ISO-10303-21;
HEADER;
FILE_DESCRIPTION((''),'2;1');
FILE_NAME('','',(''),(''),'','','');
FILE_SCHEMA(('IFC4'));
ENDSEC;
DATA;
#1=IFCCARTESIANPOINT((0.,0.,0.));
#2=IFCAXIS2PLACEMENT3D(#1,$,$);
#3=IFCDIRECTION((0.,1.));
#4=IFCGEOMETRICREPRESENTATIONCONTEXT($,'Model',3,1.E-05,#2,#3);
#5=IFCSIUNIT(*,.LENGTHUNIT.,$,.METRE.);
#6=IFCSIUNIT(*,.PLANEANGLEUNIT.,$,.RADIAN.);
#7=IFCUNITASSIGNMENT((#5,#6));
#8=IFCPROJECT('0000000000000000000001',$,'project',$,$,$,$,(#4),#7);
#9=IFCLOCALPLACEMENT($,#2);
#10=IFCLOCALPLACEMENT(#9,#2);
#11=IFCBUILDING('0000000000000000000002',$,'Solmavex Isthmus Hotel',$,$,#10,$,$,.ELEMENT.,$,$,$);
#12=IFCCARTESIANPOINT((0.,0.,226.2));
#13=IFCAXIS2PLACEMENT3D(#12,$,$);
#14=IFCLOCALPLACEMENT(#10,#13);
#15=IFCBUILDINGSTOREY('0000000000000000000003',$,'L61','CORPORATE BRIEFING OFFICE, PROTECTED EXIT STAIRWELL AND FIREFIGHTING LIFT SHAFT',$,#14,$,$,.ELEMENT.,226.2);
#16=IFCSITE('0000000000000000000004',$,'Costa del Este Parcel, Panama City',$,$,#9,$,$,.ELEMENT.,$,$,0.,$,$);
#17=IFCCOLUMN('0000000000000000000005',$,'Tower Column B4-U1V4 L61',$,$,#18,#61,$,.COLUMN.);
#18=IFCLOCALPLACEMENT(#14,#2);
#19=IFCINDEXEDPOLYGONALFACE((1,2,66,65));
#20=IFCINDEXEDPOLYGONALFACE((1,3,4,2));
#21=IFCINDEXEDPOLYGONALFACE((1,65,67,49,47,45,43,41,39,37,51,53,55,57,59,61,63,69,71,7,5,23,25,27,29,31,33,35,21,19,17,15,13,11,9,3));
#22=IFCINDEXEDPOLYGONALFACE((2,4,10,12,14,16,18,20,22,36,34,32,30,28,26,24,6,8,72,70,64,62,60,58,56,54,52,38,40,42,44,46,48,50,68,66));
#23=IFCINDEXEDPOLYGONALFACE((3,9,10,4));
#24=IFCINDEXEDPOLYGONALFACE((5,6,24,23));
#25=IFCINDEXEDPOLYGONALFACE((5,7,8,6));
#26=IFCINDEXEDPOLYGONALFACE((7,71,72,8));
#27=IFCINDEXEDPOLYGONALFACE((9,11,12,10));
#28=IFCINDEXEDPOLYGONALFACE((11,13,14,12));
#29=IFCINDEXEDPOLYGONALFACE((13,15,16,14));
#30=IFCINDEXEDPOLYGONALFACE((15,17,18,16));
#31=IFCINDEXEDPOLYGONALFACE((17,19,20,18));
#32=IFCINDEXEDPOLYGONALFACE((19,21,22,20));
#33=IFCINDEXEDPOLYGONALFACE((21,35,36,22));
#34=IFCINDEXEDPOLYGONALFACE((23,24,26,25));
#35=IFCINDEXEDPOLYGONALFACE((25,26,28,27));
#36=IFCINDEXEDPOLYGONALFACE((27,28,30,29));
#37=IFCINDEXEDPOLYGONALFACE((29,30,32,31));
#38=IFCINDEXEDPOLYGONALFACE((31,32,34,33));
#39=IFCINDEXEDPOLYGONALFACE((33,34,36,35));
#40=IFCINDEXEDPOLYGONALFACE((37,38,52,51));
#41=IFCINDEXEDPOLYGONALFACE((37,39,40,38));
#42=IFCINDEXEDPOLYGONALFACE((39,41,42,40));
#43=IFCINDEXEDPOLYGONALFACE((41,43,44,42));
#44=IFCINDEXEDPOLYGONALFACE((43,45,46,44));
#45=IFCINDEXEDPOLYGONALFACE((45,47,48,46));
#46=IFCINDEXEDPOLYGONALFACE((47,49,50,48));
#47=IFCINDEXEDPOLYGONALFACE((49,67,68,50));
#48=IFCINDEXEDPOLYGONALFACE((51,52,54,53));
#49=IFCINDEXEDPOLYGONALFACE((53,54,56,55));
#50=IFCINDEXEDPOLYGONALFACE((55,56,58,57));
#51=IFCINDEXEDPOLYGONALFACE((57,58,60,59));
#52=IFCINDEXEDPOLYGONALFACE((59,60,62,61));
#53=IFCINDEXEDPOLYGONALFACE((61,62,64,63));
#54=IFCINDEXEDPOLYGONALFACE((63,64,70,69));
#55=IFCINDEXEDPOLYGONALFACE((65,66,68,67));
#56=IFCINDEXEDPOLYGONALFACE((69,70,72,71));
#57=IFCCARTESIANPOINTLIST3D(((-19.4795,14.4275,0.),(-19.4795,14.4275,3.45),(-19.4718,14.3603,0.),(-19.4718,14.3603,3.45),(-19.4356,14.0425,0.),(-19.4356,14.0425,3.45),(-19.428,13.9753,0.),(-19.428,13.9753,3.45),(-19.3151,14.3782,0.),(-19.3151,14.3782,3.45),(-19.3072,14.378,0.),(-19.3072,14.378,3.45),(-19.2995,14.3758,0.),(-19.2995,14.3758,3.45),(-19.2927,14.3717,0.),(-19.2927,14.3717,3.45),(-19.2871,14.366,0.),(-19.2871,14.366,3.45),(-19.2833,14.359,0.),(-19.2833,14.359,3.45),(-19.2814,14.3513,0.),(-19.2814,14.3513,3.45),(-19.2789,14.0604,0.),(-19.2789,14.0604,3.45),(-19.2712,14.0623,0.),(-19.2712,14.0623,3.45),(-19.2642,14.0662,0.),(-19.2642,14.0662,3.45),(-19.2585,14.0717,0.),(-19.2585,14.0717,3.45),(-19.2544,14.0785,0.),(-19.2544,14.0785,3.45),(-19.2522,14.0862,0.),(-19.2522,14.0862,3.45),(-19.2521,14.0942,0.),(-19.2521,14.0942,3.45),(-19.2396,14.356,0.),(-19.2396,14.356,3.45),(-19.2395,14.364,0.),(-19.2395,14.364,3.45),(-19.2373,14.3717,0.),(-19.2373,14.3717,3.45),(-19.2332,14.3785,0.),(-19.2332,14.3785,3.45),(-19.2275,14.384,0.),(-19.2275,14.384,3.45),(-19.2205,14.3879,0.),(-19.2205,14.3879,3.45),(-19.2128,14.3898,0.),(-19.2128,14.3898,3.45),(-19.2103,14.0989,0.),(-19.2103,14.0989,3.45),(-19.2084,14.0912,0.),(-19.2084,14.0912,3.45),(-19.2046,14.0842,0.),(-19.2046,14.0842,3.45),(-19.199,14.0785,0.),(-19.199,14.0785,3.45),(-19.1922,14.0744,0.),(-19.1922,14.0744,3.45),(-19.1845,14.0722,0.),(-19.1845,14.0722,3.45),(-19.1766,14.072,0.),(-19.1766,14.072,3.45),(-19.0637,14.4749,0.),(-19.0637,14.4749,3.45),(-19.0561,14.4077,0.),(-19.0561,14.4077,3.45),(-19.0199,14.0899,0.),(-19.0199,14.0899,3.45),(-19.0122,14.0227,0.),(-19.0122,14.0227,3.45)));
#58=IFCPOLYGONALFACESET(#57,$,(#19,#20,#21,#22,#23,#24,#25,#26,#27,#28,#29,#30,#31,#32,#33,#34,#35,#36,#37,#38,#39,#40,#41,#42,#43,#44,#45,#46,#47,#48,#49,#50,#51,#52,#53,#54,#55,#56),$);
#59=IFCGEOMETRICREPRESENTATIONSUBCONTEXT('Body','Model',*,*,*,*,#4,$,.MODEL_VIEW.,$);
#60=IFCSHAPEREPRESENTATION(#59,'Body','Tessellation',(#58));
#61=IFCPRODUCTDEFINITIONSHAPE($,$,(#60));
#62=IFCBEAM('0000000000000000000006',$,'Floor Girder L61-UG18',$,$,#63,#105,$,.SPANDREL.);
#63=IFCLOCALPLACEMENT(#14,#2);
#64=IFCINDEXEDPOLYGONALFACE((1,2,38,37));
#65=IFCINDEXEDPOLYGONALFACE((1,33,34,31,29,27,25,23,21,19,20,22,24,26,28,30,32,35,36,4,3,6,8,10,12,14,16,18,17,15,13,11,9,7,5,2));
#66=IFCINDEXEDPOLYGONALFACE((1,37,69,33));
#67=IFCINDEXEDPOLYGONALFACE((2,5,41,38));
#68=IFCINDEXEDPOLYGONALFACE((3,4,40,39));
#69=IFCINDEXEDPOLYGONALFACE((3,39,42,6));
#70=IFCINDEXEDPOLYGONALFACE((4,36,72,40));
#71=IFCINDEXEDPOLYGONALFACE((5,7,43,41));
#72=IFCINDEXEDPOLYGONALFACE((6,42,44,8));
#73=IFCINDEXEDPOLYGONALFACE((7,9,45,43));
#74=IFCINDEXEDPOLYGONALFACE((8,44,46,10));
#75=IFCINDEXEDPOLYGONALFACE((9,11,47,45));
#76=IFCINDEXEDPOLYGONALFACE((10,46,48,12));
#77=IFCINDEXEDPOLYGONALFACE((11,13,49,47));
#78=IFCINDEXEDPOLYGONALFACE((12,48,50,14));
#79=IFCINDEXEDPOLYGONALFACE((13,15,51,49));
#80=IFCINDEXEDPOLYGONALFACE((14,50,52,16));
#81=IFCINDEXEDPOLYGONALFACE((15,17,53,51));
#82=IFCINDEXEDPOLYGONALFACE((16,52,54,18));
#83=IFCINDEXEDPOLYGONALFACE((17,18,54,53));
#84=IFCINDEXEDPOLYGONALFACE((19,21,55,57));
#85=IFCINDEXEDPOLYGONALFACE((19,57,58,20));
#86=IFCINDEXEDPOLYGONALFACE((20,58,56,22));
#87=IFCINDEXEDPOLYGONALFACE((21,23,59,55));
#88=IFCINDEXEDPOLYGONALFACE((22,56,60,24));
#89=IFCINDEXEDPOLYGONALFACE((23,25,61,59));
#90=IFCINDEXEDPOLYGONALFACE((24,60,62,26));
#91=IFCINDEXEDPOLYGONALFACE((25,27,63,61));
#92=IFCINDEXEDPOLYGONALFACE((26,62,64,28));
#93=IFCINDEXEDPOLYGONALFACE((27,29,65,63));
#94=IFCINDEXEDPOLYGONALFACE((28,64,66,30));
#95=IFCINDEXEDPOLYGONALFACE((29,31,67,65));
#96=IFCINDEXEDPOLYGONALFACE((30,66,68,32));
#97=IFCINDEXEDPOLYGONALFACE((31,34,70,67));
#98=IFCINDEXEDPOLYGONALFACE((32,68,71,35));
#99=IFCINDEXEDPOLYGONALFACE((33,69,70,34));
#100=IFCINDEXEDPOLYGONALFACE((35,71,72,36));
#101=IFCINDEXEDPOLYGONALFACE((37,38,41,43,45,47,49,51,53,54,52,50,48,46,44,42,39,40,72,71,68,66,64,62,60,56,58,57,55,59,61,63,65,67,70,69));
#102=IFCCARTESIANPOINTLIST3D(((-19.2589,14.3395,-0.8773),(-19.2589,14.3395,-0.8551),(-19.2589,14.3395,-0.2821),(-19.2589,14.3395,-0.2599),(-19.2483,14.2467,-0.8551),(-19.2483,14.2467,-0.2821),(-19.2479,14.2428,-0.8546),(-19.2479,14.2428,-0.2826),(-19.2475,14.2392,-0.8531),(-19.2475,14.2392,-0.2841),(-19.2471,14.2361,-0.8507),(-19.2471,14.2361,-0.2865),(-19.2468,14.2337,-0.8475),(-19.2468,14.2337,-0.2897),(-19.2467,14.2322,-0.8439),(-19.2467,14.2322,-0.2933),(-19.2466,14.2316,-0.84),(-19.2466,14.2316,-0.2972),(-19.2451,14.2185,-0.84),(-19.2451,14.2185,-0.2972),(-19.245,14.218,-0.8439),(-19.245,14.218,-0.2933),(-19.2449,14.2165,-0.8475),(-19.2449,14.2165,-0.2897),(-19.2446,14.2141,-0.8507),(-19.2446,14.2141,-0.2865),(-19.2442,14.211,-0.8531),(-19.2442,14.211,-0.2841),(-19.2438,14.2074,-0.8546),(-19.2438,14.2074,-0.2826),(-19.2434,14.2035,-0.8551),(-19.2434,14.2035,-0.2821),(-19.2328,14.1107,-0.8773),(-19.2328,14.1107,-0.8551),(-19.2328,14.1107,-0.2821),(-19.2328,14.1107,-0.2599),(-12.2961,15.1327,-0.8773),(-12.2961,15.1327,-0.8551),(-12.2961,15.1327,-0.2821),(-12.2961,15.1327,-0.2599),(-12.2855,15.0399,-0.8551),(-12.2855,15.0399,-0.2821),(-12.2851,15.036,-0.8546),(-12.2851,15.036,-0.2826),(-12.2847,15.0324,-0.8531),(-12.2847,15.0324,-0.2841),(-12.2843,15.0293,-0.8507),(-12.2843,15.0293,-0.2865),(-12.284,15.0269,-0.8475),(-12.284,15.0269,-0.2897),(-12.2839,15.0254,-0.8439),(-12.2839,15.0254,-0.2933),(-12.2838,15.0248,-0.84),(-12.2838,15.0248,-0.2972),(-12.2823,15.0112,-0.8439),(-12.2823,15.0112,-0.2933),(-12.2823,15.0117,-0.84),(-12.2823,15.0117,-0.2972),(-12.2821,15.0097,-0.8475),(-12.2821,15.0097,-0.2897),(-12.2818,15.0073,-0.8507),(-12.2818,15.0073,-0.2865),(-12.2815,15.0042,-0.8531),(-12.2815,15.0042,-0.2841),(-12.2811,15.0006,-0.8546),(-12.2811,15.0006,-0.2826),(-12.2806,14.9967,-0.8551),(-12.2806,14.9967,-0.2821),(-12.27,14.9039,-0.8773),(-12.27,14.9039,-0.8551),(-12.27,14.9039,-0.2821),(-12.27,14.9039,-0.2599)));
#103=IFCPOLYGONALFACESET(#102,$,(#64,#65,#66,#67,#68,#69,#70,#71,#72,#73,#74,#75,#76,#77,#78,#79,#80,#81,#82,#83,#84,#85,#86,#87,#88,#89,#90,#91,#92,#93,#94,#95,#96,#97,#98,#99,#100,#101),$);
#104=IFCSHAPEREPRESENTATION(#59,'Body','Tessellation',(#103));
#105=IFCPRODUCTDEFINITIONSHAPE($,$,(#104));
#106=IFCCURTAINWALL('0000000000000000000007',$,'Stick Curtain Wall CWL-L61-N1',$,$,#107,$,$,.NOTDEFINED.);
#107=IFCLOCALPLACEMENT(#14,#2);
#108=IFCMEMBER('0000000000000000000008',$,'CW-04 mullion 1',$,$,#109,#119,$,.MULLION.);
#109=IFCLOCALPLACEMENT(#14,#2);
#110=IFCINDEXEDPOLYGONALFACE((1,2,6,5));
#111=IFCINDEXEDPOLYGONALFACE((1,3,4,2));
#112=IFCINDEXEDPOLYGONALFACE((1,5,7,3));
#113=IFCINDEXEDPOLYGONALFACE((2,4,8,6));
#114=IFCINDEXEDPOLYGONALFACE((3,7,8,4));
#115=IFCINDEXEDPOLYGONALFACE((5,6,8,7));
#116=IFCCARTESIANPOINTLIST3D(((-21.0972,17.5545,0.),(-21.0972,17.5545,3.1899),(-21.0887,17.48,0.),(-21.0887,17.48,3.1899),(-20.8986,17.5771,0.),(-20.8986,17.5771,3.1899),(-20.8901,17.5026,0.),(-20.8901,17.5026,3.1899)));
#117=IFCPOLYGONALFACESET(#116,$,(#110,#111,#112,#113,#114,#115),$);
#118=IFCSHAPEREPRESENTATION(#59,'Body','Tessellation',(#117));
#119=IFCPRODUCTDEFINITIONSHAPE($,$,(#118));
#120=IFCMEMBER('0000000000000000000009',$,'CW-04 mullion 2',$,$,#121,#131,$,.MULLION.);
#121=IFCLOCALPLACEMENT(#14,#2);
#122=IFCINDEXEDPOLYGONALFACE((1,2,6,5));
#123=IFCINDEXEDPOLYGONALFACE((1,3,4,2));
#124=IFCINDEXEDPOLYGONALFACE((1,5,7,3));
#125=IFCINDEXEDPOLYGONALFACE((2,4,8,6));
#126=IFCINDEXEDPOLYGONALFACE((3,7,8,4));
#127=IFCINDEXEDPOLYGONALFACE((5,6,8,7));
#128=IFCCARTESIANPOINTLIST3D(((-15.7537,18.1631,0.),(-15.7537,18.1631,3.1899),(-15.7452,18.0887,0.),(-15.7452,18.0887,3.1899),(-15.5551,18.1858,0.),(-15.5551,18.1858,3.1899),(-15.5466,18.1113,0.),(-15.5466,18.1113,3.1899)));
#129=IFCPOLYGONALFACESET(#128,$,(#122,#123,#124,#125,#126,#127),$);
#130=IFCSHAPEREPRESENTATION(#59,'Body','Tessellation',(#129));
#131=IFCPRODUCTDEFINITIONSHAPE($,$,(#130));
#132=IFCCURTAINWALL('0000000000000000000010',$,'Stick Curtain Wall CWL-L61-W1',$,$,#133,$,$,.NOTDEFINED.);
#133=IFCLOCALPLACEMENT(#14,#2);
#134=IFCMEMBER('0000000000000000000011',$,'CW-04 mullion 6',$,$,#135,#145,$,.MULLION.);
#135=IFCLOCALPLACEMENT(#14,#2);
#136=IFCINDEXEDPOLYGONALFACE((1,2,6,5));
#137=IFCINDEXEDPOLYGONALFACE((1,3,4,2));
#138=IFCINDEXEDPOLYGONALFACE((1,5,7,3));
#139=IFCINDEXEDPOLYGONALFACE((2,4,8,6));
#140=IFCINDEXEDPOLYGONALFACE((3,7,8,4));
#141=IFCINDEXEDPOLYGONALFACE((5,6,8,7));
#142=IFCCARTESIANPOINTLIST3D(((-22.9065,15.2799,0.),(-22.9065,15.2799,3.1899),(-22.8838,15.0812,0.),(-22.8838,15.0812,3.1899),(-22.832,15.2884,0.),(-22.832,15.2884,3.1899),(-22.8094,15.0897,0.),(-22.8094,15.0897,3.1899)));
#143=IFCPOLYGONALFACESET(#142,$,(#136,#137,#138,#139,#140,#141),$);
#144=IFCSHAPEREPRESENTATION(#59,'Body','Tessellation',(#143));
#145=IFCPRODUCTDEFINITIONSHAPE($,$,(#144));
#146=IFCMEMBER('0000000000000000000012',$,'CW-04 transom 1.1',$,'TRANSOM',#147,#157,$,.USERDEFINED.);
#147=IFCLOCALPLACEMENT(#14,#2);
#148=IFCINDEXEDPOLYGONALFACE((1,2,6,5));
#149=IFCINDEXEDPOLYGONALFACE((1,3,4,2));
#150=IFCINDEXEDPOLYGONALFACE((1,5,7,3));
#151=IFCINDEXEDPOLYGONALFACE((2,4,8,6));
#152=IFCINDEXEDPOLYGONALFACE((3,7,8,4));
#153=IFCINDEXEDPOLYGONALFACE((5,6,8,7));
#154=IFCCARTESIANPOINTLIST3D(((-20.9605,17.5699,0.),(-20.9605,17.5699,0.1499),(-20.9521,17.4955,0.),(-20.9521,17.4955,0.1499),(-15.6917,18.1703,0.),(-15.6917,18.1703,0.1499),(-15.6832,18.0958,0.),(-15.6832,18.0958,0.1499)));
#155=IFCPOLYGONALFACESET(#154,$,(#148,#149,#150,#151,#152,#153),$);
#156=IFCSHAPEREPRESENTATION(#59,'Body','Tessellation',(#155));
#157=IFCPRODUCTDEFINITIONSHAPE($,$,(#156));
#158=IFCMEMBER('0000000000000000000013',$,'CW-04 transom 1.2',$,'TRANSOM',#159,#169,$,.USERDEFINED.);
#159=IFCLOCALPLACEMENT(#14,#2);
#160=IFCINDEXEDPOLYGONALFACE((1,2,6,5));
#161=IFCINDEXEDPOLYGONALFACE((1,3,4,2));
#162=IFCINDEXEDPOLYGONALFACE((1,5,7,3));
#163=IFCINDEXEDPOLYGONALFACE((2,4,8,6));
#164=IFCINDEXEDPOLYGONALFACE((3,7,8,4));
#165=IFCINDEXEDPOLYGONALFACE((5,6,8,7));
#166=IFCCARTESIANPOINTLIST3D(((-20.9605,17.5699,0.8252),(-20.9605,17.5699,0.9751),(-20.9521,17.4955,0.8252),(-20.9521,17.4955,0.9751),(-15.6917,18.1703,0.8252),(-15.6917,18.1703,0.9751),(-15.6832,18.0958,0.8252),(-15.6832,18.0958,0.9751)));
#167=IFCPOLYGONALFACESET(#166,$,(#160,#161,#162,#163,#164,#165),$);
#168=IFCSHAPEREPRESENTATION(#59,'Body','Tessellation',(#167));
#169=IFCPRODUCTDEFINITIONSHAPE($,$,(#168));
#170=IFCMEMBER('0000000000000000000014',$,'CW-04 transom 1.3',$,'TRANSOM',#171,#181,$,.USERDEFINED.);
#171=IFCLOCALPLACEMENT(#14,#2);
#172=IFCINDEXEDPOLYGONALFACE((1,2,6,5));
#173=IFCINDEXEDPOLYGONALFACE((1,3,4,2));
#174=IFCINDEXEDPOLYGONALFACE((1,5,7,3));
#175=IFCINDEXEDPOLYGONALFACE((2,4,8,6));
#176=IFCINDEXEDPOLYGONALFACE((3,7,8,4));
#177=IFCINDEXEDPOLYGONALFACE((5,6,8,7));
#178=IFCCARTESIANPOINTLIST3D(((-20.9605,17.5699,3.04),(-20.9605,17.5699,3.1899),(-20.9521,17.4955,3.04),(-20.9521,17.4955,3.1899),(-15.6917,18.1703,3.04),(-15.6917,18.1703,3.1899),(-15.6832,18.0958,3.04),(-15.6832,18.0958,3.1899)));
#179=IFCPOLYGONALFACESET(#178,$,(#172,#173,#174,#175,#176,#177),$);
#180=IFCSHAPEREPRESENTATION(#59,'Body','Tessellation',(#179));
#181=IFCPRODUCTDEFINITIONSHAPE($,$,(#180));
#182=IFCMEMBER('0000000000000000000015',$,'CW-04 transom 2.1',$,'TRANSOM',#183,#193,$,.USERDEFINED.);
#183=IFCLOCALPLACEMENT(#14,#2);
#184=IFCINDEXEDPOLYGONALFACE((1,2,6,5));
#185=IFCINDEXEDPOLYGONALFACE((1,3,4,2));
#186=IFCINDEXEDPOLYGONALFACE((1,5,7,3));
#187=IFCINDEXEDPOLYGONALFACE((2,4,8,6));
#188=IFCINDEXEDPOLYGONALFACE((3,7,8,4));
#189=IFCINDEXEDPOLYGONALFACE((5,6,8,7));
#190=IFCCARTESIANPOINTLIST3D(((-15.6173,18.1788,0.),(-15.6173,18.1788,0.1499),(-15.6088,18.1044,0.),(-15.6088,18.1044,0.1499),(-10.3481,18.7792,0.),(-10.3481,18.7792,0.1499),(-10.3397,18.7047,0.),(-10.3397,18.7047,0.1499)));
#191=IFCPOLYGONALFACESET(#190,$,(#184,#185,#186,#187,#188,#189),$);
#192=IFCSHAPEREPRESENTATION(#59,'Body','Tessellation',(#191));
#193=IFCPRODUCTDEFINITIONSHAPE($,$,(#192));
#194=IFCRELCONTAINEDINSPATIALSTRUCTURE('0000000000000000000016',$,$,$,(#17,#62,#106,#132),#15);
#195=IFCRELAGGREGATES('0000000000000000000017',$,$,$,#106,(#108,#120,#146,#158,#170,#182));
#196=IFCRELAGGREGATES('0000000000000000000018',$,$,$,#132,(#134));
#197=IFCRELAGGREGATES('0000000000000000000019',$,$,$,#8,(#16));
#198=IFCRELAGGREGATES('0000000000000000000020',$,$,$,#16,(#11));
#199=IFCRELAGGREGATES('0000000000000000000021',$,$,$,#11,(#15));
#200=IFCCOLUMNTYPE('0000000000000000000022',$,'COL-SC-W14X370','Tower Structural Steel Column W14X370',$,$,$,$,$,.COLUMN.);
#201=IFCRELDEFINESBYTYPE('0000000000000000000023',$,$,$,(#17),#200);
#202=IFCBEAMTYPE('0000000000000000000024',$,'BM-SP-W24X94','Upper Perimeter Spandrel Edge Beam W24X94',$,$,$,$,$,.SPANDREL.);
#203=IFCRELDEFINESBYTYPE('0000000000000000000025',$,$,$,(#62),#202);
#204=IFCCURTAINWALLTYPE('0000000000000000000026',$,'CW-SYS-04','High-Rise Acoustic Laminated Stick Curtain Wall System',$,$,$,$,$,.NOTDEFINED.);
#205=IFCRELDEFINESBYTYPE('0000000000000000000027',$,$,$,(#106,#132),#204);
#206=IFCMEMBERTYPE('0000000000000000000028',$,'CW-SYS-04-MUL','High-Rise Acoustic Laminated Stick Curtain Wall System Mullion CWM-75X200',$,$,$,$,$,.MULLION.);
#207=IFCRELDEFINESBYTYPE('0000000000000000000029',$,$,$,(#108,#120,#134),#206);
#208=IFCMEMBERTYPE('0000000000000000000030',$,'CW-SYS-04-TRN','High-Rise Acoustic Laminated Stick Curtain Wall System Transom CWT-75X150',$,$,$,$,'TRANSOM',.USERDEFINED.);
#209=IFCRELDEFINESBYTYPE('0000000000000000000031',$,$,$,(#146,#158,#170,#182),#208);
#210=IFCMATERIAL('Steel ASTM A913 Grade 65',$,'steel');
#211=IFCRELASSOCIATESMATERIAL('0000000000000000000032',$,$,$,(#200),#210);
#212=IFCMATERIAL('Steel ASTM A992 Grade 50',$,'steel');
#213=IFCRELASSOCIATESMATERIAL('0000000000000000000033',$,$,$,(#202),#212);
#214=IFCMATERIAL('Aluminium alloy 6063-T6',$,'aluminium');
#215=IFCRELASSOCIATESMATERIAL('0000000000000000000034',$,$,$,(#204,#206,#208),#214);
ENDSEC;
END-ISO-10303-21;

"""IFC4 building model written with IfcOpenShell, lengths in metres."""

from ifc_helpers import new_model, si_unit, direction, frame, origin, origin_2d, place, context, subcontext, project, spatial, rectangle, i_section, extrude, material, material_profile, profile_set, type_object, element, aggregate, save


model = new_model("IFC4")

# Units and contexts
model_context = context("Model", 3, precision=1e-05, world=origin(), true_north=direction((0.0, 1.0)))
body_context = subcontext(model_context, "Body", "Model", "MODEL_VIEW")
ifc_project = project(units=[si_unit("LENGTHUNIT", "METRE"), si_unit("PLANEANGLEUNIT", "RADIAN")], contexts=[model_context])

# Site, building, storey
site_placement = place(None, origin())
site = spatial("IfcSite", under=ifc_project, at=site_placement, Name="Costa del Este Parcel, Panama City", CompositionType="ELEMENT", RefElevation=0.0)
building_placement = place(site_placement, origin())
building = spatial("IfcBuilding", under=site, at=building_placement, Name="Solmavex Isthmus Hotel", CompositionType="ELEMENT")
storey_placement = place(building_placement, frame((0.0, 0.0, 226.2)))
storey = spatial("IfcBuildingStorey", under=building, at=storey_placement, Name="L61", Description="CORPORATE BRIEFING OFFICE, PROTECTED EXIT STAIRWELL AND FIREFIGHTING LIFT SHAFT", CompositionType="ELEMENT", Elevation=226.2)

# Column
ifc_material_1 = material(Name="Steel ASTM A913 Grade 65", Category="steel")
ifc_material_profile_1 = material_profile(ifc_material_1, i_section(OverallWidth=0.4185, OverallDepth=0.4551, WebThickness=0.042, FlangeThickness=0.0676, FilletRadius=0.0305, at=origin_2d()), Name="W14X370")
ifc_profile_set_1 = profile_set([ifc_material_profile_1], Name="Steel ASTM A913 Grade 65")
column_type = type_object("IfcColumnType", Name="COL-SC-W14X370", Description="Tower Structural Steel Column W14X370", PredefinedType="COLUMN", material=ifc_profile_set_1)
column_placement = place(storey_placement, frame((-19.2458, 14.2251, 0.0), z_axis=(0.0, 0.0, 1.0), x_axis=(0.993572, 0.113203, 0.0)))
element("IfcColumn", 1, at=column_placement, inside=storey, type_object=column_type, Name="Tower Column B4-U1V4 L61", PredefinedType="COLUMN", context=body_context, shape_type="SweptSolid", body=[
    extrude(i_section(OverallWidth=0.4185, OverallDepth=0.4551, WebThickness=0.042, FlangeThickness=0.0676, FilletRadius=0.0305, at=origin_2d()), origin(), (0.0, 0.0, 1.0), 3.45),
])

# Beam
ifc_material_2 = material(Name="Steel ASTM A992 Grade 50", Category="steel")
ifc_material_profile_2 = material_profile(ifc_material_2, i_section(OverallWidth=0.2302, OverallDepth=0.6174, WebThickness=0.0132, FlangeThickness=0.0222, FilletRadius=0.0151, at=origin_2d()), Name="W24X94")
ifc_profile_set_2 = profile_set([ifc_material_profile_2], Name="Steel ASTM A992 Grade 50")
beam_type = type_object("IfcBeamType", Name="BM-SP-W24X94", Description="Upper Perimeter Spandrel Edge Beam W24X94", PredefinedType="SPANDREL", material=ifc_profile_set_2)
beam_placement = place(storey_placement, frame((-19.2458, 14.2251, -0.5686), z_axis=(0.993574, 0.113188, 0.0), x_axis=(-0.113188, 0.993574, 0.0)))
element("IfcBeam", 2, at=beam_placement, inside=storey, type_object=beam_type, Name="Floor Girder L61-UG18", PredefinedType="SPANDREL", context=body_context, shape_type="SweptSolid", body=[
    extrude(i_section(OverallWidth=0.2302, OverallDepth=0.6174, WebThickness=0.0132, FlangeThickness=0.0222, FilletRadius=0.0151, at=origin_2d()), origin(), (0.0, 0.0, 1.0), 7.0078),
])

# Curtain wall, members
ifc_material_3 = material(Name="Aluminium alloy 6063-T6", Category="aluminium")
curtain_wall_type = type_object("IfcCurtainWallType", Name="CW-SYS-04", Description="High-Rise Acoustic Laminated Stick Curtain Wall System", PredefinedType="NOTDEFINED", material=ifc_material_3)
curtain_wall_1_placement = place(storey_placement, origin())
curtain_wall_1 = element("IfcCurtainWall", 3, at=curtain_wall_1_placement, inside=storey, type_object=curtain_wall_type, Name="Stick Curtain Wall CWL-L61-N1", PredefinedType="NOTDEFINED")
ifc_material_profile_3 = material_profile(ifc_material_3, rectangle(XDim=0.075, YDim=0.2, at=origin_2d()), Name="CWM-75X200")
ifc_profile_set_3 = profile_set([ifc_material_profile_3], Name="Aluminium alloy 6063-T6")
member_type_1 = type_object("IfcMemberType", Name="CW-SYS-04-MUL", Description="High-Rise Acoustic Laminated Stick Curtain Wall System Mullion CWM-75X200", PredefinedType="MULLION", material=ifc_profile_set_3)
member_1_placement = place(storey_placement, frame((-20.9937, 17.5286, 0.0), z_axis=(0.0, 0.0, 1.0), x_axis=(-0.113203, 0.993572, 0.0)))
member_1 = element("IfcMember", 4, at=member_1_placement, type_object=member_type_1, Name="CW-04 mullion 1", PredefinedType="MULLION", context=body_context, shape_type="SweptSolid", body=[
    extrude(rectangle(XDim=0.075, YDim=0.2, at=origin_2d()), origin(), (0.0, 0.0, 1.0), 3.1899),
])
member_2_placement = place(storey_placement, frame((-15.6501, 18.1372, 0.0), z_axis=(0.0, 0.0, 1.0), x_axis=(-0.113203, 0.993572, 0.0)))
member_2 = element("IfcMember", 5, at=member_2_placement, type_object=member_type_1, Name="CW-04 mullion 2", PredefinedType="MULLION", context=body_context, shape_type="SweptSolid", body=[
    extrude(rectangle(XDim=0.075, YDim=0.2, at=origin_2d()), origin(), (0.0, 0.0, 1.0), 3.1899),
])

# Curtain wall, member
curtain_wall_2_placement = place(storey_placement, origin())
curtain_wall_2 = element("IfcCurtainWall", 6, at=curtain_wall_2_placement, inside=storey, type_object=curtain_wall_type, Name="Stick Curtain Wall CWL-L61-W1", PredefinedType="NOTDEFINED")
member_3_placement = place(storey_placement, frame((-22.8579, 15.1848, 0.0), z_axis=(0.0, 0.0, 1.0), x_axis=(-0.993572, -0.113203, 0.0)))
member_3 = element("IfcMember", 7, at=member_3_placement, type_object=member_type_1, Name="CW-04 mullion 6", PredefinedType="MULLION", context=body_context, shape_type="SweptSolid", body=[
    extrude(rectangle(XDim=0.075, YDim=0.2, at=origin_2d()), origin(), (0.0, 0.0, 1.0), 3.1899),
])

# Members
ifc_material_profile_4 = material_profile(ifc_material_3, rectangle(XDim=0.075, YDim=0.1499, at=origin_2d()), Name="CWT-75X150")
ifc_profile_set_4 = profile_set([ifc_material_profile_4], Name="Aluminium alloy 6063-T6")
member_type_2 = type_object("IfcMemberType", Name="CW-SYS-04-TRN", Description="High-Rise Acoustic Laminated Stick Curtain Wall System Transom CWT-75X150", ElementType="TRANSOM", PredefinedType="USERDEFINED", material=ifc_profile_set_4)
member_4_placement = place(storey_placement, frame((-20.9563, 17.5327, 0.075), z_axis=(0.993571, 0.11321, 0.0), x_axis=(-0.11321, 0.993571, 0.0)))
member_4 = element("IfcMember", 8, at=member_4_placement, type_object=member_type_2, Name="CW-04 transom 1.1", ObjectType="TRANSOM", PredefinedType="USERDEFINED", context=body_context, shape_type="SweptSolid", body=[
    extrude(rectangle(XDim=0.075, YDim=0.1499, at=origin_2d()), origin(), (0.0, 0.0, 1.0), 5.303),
])
member_5_placement = place(storey_placement, frame((-20.9563, 17.5327, 0.9001), z_axis=(0.993571, 0.11321, 0.0), x_axis=(-0.11321, 0.993571, 0.0)))
member_5 = element("IfcMember", 9, at=member_5_placement, type_object=member_type_2, Name="CW-04 transom 1.2", ObjectType="TRANSOM", PredefinedType="USERDEFINED", context=body_context, shape_type="SweptSolid", body=[
    extrude(rectangle(XDim=0.075, YDim=0.1499, at=origin_2d()), origin(), (0.0, 0.0, 1.0), 5.303),
])
member_6_placement = place(storey_placement, frame((-20.9563, 17.5327, 3.115), z_axis=(0.993571, 0.11321, 0.0), x_axis=(-0.11321, 0.993571, 0.0)))
member_6 = element("IfcMember", 10, at=member_6_placement, type_object=member_type_2, Name="CW-04 transom 1.3", ObjectType="TRANSOM", PredefinedType="USERDEFINED", context=body_context, shape_type="SweptSolid", body=[
    extrude(rectangle(XDim=0.075, YDim=0.1499, at=origin_2d()), origin(), (0.0, 0.0, 1.0), 5.303),
])
member_7_placement = place(storey_placement, frame((-15.613, 18.1416, 0.075), z_axis=(0.993572, 0.113205, 0.0), x_axis=(-0.113205, 0.993572, 0.0)))
member_7 = element("IfcMember", 11, at=member_7_placement, type_object=member_type_2, Name="CW-04 transom 2.1", ObjectType="TRANSOM", PredefinedType="USERDEFINED", context=body_context, shape_type="SweptSolid", body=[
    extrude(rectangle(XDim=0.075, YDim=0.1499, at=origin_2d()), origin(), (0.0, 0.0, 1.0), 5.3032),
])

aggregate(curtain_wall_1, [member_1, member_2, member_4, member_5, member_6, member_7])
aggregate(curtain_wall_2, [member_3])

save(model, "model.ifc")
